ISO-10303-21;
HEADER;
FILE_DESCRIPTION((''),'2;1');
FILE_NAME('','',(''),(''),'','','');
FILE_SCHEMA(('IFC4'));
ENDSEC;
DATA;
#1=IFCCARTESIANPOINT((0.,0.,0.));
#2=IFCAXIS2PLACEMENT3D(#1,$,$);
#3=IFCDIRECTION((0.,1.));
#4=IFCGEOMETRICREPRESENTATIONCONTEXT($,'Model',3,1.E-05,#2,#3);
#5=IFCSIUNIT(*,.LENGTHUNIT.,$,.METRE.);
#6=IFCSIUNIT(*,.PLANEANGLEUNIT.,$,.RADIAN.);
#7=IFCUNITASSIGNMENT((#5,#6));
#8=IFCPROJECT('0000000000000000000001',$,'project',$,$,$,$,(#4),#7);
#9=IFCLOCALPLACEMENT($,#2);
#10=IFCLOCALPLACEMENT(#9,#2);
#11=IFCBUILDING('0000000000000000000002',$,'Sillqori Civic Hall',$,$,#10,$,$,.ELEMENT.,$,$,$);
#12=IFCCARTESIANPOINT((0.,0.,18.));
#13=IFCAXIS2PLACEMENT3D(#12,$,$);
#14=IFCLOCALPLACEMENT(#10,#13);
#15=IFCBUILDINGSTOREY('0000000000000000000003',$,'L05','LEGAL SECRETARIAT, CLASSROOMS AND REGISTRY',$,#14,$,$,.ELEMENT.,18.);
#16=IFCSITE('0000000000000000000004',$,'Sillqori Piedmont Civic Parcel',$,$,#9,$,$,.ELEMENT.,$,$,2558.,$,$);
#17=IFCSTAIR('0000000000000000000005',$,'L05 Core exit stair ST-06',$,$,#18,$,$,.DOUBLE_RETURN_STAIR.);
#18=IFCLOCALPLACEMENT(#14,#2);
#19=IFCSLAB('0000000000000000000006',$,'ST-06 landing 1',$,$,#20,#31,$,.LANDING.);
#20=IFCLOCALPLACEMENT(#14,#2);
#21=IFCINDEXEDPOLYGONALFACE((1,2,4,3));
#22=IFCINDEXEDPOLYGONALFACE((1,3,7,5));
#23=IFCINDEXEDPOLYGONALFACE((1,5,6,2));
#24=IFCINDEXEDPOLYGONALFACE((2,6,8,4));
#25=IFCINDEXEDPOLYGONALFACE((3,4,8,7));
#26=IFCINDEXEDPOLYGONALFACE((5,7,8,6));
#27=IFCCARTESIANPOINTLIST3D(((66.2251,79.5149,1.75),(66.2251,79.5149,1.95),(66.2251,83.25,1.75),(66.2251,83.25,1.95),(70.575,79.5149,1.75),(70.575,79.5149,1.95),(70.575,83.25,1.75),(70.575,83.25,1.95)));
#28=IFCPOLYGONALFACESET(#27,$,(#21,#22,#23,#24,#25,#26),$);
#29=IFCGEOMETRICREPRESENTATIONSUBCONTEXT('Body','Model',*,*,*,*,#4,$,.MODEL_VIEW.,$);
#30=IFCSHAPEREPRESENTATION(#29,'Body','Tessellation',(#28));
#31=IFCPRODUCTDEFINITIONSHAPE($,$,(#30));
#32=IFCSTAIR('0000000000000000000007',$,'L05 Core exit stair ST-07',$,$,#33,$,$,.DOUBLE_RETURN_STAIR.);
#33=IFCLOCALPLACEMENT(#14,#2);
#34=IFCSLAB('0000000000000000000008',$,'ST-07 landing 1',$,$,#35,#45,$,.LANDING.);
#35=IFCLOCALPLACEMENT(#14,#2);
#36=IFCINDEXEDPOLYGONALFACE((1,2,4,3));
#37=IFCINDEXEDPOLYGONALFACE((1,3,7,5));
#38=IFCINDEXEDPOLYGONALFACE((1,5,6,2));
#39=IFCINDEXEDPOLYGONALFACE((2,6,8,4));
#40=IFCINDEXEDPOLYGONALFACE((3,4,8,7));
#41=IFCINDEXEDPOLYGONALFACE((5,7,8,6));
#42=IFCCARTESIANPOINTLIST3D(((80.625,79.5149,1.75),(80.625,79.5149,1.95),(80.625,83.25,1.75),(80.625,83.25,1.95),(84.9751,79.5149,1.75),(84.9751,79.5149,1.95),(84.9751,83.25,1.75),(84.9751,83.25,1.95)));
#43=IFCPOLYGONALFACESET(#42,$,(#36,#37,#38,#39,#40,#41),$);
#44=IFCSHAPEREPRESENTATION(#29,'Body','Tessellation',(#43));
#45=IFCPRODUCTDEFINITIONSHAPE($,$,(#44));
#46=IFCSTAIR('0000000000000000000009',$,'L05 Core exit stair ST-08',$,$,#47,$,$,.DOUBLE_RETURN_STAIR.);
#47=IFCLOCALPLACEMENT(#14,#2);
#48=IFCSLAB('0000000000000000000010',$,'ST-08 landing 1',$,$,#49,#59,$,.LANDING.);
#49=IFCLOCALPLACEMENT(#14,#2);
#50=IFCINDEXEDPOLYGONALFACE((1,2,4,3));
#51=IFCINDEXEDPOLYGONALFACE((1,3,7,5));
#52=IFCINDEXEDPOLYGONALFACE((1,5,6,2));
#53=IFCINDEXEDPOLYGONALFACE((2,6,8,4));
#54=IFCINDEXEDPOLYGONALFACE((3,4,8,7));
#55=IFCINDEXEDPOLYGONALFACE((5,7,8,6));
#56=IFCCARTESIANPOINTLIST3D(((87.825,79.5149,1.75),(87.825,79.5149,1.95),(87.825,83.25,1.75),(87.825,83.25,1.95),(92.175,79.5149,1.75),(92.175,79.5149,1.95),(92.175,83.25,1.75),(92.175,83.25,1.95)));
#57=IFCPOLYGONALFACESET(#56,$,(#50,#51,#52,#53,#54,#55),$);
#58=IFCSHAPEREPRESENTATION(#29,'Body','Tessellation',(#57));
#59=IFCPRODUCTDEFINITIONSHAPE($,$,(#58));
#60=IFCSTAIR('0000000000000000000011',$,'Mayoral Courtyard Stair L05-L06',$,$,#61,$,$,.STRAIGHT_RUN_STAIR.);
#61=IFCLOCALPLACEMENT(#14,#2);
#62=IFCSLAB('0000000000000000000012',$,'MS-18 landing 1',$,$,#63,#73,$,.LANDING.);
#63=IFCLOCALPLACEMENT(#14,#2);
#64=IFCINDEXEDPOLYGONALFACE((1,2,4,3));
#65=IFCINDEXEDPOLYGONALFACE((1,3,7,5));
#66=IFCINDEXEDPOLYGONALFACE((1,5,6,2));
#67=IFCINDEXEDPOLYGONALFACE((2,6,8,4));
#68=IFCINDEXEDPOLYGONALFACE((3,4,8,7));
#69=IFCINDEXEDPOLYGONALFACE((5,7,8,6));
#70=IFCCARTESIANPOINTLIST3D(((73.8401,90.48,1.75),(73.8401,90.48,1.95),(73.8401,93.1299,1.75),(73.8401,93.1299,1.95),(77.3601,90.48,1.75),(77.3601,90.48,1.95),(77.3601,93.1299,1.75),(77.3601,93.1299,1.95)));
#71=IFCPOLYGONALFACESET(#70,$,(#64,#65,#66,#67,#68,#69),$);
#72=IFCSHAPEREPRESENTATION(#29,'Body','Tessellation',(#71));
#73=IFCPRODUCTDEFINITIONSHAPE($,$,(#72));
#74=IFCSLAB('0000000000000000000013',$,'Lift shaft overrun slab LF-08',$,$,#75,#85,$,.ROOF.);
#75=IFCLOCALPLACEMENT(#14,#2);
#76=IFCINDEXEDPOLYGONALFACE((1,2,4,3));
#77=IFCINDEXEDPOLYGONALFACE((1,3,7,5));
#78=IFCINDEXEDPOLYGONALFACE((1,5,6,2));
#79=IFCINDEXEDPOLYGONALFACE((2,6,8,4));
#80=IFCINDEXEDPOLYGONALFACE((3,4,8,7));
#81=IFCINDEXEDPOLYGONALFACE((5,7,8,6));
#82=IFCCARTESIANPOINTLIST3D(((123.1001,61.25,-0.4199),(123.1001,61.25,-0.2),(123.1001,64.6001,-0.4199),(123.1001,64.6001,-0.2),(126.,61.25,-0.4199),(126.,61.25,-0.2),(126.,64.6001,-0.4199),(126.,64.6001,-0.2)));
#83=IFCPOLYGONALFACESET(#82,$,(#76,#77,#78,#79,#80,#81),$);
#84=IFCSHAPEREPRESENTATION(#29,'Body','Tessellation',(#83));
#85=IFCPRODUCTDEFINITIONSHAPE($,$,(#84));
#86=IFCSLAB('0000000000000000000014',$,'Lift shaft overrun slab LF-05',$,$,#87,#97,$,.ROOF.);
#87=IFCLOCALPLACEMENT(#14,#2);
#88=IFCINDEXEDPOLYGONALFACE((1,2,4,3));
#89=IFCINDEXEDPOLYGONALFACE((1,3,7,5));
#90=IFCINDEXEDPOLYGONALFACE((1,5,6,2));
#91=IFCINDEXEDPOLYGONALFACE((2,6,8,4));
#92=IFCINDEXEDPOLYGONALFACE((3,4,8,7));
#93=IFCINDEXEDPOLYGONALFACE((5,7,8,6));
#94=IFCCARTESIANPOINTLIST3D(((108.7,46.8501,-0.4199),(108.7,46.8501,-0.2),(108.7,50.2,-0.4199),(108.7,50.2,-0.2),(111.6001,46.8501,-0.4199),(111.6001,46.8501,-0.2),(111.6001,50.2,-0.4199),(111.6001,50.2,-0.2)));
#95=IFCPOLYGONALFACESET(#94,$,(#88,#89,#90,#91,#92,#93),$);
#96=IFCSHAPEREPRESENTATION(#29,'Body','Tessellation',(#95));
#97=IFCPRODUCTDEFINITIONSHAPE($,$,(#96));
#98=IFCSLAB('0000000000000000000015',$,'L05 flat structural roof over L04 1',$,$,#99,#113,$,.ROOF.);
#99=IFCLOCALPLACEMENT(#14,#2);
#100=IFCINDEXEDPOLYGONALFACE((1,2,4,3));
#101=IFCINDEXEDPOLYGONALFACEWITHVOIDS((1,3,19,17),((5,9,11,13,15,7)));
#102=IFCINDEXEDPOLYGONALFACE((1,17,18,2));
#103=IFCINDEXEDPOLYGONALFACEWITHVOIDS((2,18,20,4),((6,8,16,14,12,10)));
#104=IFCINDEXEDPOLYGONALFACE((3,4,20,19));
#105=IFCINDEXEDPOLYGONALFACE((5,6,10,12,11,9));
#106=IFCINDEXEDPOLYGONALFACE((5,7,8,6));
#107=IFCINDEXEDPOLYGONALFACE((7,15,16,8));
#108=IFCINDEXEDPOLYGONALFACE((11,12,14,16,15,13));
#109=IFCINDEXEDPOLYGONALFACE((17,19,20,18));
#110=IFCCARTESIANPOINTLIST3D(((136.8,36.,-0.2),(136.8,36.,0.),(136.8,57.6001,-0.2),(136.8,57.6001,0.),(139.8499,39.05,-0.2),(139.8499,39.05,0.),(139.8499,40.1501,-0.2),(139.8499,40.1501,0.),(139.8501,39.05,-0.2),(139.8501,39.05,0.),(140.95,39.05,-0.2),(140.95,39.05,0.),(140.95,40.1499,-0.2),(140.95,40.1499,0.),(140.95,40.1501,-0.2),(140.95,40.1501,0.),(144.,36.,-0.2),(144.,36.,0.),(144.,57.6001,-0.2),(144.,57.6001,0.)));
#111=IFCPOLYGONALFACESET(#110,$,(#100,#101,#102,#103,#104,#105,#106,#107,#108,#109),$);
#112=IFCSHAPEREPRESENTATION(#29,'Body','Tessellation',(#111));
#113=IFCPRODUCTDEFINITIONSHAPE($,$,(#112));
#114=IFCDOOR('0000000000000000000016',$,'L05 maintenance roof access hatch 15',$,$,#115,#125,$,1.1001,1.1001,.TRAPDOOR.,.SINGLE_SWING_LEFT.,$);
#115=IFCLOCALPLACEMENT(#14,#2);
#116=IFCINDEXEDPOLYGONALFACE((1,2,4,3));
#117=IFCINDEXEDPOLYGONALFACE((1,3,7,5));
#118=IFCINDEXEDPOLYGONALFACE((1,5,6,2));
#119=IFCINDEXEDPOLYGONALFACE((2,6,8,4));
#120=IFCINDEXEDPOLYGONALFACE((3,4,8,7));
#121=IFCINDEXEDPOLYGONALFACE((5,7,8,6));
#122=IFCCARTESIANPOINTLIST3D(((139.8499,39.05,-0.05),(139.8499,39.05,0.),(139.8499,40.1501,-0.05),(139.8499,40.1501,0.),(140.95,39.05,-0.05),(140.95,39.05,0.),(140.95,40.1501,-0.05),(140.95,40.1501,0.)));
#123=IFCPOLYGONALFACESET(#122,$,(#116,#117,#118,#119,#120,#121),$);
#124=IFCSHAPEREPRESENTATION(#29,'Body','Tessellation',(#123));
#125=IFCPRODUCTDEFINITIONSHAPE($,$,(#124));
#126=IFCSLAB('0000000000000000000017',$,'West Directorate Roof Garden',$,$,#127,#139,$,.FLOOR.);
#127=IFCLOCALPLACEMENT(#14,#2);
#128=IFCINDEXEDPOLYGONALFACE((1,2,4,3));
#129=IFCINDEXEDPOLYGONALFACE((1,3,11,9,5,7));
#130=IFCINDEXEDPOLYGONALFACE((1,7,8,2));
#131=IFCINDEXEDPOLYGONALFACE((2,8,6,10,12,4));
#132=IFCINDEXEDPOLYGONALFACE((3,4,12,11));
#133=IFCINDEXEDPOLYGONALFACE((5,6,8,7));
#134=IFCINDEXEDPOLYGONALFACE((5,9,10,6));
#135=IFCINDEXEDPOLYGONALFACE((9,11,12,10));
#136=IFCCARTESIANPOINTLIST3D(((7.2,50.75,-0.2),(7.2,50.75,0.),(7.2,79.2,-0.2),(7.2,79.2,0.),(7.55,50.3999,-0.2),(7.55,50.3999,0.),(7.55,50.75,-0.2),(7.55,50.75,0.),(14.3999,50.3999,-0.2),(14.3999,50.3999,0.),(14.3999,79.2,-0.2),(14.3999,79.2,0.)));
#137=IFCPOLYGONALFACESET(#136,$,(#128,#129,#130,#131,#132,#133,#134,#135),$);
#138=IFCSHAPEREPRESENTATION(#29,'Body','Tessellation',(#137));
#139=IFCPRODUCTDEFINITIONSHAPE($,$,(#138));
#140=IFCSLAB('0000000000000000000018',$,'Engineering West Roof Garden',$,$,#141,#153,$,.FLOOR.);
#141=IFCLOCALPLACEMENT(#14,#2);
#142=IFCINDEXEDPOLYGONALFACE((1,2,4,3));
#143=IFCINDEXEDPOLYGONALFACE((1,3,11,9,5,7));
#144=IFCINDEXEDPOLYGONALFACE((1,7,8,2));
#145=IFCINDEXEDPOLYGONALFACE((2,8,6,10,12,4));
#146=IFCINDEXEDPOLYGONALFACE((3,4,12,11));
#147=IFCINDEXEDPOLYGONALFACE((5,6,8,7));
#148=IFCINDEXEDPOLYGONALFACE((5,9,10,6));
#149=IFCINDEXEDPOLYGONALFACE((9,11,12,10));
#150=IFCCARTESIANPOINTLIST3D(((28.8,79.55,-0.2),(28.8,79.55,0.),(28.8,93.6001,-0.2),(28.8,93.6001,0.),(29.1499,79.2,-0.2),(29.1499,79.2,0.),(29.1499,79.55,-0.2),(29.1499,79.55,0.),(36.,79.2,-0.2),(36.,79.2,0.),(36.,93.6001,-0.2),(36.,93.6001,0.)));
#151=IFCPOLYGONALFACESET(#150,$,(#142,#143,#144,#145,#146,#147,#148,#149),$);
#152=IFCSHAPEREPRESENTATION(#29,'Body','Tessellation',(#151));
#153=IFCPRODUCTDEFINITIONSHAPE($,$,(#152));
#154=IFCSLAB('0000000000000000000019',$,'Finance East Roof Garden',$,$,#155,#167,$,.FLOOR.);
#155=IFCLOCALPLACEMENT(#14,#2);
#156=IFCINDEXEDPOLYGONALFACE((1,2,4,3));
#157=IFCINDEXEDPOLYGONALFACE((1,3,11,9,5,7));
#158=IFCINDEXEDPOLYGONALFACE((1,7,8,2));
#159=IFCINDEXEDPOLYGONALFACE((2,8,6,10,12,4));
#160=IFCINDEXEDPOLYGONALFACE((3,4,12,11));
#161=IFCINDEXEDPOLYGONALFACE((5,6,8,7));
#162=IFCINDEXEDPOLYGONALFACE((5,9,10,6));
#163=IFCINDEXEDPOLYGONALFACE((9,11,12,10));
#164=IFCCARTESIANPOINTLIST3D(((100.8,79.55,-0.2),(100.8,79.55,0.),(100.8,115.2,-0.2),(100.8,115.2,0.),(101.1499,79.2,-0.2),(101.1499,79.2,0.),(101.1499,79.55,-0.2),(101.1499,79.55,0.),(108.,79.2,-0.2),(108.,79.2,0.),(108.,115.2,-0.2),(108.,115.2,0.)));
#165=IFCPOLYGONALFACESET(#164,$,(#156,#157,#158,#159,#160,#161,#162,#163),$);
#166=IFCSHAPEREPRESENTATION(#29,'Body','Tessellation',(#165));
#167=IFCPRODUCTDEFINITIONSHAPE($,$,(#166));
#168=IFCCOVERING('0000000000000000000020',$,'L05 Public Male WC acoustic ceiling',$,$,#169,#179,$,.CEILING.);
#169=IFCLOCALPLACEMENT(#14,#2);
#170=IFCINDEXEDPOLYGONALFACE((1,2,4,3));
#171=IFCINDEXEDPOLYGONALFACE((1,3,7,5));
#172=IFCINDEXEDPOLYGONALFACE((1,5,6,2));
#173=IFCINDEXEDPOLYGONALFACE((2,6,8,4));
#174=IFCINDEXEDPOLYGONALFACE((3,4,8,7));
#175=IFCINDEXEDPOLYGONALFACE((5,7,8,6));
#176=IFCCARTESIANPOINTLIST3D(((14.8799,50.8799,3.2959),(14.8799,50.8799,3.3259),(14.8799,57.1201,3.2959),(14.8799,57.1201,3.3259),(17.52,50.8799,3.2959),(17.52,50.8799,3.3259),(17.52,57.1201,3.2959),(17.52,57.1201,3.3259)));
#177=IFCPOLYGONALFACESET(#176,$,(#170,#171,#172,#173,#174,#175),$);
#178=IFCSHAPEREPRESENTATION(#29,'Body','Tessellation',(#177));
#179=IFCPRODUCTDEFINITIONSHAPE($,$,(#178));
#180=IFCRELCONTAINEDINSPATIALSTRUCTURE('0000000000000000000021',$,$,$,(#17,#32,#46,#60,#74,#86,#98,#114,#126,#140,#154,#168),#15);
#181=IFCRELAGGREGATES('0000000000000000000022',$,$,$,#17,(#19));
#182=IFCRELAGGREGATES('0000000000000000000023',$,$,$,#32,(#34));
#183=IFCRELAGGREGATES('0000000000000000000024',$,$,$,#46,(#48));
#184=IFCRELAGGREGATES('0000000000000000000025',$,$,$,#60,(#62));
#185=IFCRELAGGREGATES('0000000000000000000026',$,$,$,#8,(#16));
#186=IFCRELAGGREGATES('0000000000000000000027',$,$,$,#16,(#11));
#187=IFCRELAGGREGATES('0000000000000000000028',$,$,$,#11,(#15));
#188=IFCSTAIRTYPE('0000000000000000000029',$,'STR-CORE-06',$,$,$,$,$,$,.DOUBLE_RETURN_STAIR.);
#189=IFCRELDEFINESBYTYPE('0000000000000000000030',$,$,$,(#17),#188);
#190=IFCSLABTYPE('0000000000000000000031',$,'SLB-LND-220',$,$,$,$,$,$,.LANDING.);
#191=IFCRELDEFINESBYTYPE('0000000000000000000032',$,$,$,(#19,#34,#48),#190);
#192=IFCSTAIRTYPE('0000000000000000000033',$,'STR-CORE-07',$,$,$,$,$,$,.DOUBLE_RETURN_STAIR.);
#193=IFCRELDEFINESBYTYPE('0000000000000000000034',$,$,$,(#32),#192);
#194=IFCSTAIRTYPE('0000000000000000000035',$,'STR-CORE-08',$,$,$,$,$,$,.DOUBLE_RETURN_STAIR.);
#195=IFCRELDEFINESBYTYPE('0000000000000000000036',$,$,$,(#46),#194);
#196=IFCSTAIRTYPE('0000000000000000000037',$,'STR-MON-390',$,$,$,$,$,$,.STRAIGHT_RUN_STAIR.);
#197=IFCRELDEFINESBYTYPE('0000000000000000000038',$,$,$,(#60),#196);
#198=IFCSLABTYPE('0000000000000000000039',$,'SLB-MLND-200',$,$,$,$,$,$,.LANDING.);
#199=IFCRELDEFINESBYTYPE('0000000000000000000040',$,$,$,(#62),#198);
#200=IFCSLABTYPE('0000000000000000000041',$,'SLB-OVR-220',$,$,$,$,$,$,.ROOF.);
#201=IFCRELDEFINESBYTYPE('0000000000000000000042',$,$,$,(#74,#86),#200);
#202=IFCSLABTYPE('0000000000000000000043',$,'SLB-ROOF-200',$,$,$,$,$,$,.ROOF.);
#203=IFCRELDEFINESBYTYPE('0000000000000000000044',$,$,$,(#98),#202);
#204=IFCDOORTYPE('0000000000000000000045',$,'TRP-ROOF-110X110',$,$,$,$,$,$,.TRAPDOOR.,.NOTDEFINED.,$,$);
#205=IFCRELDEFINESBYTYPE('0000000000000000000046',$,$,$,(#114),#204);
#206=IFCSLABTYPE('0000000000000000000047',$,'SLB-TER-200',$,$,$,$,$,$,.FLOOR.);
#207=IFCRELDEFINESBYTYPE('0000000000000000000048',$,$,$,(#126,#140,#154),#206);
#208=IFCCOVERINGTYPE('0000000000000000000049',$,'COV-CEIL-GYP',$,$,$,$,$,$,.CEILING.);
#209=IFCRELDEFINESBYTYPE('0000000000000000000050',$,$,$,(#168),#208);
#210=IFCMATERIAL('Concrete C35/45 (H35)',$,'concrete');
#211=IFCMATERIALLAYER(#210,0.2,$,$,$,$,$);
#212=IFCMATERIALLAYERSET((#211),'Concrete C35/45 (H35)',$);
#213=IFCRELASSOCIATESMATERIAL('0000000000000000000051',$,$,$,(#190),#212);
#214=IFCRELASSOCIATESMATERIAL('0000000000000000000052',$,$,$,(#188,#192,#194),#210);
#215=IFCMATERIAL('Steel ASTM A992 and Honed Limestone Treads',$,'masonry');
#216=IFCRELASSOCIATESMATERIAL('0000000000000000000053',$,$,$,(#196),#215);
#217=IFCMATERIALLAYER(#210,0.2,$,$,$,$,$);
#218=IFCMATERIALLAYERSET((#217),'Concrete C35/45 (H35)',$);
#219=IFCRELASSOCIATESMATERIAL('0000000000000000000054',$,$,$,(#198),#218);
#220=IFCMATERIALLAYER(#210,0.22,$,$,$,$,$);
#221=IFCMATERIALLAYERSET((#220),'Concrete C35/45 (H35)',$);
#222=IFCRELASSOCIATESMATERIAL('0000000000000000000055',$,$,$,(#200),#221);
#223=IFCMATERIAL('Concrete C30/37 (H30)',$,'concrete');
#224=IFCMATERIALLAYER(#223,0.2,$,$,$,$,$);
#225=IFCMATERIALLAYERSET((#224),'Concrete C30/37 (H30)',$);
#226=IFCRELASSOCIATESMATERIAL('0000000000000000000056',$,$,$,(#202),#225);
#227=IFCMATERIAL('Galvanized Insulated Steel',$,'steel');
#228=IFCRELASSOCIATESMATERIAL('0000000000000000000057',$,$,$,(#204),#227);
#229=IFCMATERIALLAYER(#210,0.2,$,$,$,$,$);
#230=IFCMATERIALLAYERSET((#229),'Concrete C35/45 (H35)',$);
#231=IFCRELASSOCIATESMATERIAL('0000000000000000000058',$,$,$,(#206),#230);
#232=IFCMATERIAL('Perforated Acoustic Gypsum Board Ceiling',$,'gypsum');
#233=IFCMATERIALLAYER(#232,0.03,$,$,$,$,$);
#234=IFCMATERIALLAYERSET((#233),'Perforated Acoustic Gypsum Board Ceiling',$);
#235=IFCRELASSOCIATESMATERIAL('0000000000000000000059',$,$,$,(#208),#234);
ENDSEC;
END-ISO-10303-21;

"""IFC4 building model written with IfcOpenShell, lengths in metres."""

from ifc_helpers import new_model, si_unit, direction, frame, origin, origin_2d, place, context, subcontext, project, spatial, polyline, rectangle, outline, extrude, material, layer, layer_set, type_object, element, fill, aggregate, save


model = new_model("IFC4")

# Units and contexts
model_context = context("Model", 3, precision=1e-05, world=origin(), true_north=direction((0.0, 1.0)))
body_context = subcontext(model_context, "Body", "Model", "MODEL_VIEW")
ifc_project = project(units=[si_unit("LENGTHUNIT", "METRE"), si_unit("PLANEANGLEUNIT", "RADIAN")], contexts=[model_context])

# Site, building, storey
site_placement = place(None, origin())
site = spatial("IfcSite", under=ifc_project, at=site_placement, Name="Sillqori Piedmont Civic Parcel", CompositionType="ELEMENT", RefElevation=2558.0)
building_placement = place(site_placement, origin())
building = spatial("IfcBuilding", under=site, at=building_placement, Name="Sillqori Civic Hall", CompositionType="ELEMENT")
storey_placement = place(building_placement, frame((0.0, 0.0, 18.0)))
storey = spatial("IfcBuildingStorey", under=building, at=storey_placement, Name="L05", Description="LEGAL SECRETARIAT, CLASSROOMS AND REGISTRY", CompositionType="ELEMENT", Elevation=18.0)

# Shared definitions
ifc_material_1 = material(Name="Concrete C30/37 (H30)", Category="concrete")

# Stairs, slabs
ifc_material_2 = material(Name="Concrete C35/45 (H35)", Category="concrete")
ifc_layer_1 = layer(ifc_material_2, 0.2)
ifc_layer_set_1 = layer_set([ifc_layer_1], Name="Concrete C35/45 (H35)")
slab_type_1 = type_object("IfcSlabType", Name="SLB-LND-220", PredefinedType="LANDING", material=ifc_layer_set_1)
stair_type_1 = type_object("IfcStairType", Name="STR-CORE-06", PredefinedType="DOUBLE_RETURN_STAIR", material=ifc_material_2)
stair_1_placement = place(storey_placement, origin())
stair_1 = element("IfcStair", 1, at=stair_1_placement, inside=storey, type_object=stair_type_1, Name="L05 Core exit stair ST-06", PredefinedType="DOUBLE_RETURN_STAIR")
slab_1_placement = place(storey_placement, frame((0.0, 0.0, 1.75)))
slab_1 = element("IfcSlab", 2, at=slab_1_placement, type_object=slab_type_1, Name="ST-06 landing 1", PredefinedType="LANDING", context=body_context, shape_type="SweptSolid", body=[
    extrude(outline(polyline([(66.2251, 83.25), (66.2251, 79.5149), (70.575, 79.5149), (70.575, 83.25), (66.2251, 83.25)])), origin(), (0.0, 0.0, 1.0), 0.2),
])
aggregate(stair_1, [slab_1])
stair_type_2 = type_object("IfcStairType", Name="STR-CORE-07", PredefinedType="DOUBLE_RETURN_STAIR", material=ifc_material_2)
stair_2_placement = place(storey_placement, origin())
stair_2 = element("IfcStair", 3, at=stair_2_placement, inside=storey, type_object=stair_type_2, Name="L05 Core exit stair ST-07", PredefinedType="DOUBLE_RETURN_STAIR")
slab_2_placement = place(storey_placement, frame((0.0, 0.0, 1.75)))
slab_2 = element("IfcSlab", 4, at=slab_2_placement, type_object=slab_type_1, Name="ST-07 landing 1", PredefinedType="LANDING", context=body_context, shape_type="SweptSolid", body=[
    extrude(outline(polyline([(80.625, 83.25), (80.625, 79.5149), (84.9751, 79.5149), (84.9751, 83.25), (80.625, 83.25)])), origin(), (0.0, 0.0, 1.0), 0.2),
])
aggregate(stair_2, [slab_2])
stair_type_3 = type_object("IfcStairType", Name="STR-CORE-08", PredefinedType="DOUBLE_RETURN_STAIR", material=ifc_material_2)
stair_3_placement = place(storey_placement, origin())
stair_3 = element("IfcStair", 5, at=stair_3_placement, inside=storey, type_object=stair_type_3, Name="L05 Core exit stair ST-08", PredefinedType="DOUBLE_RETURN_STAIR")
slab_3_placement = place(storey_placement, frame((0.0, 0.0, 1.75)))
slab_3 = element("IfcSlab", 6, at=slab_3_placement, type_object=slab_type_1, Name="ST-08 landing 1", PredefinedType="LANDING", context=body_context, shape_type="SweptSolid", body=[
    extrude(outline(polyline([(87.825, 83.25), (87.825, 79.5149), (92.175, 79.5149), (92.175, 83.25), (87.825, 83.25)])), origin(), (0.0, 0.0, 1.0), 0.2),
])
aggregate(stair_3, [slab_3])
ifc_material_3 = material(Name="Steel ASTM A992 and Honed Limestone Treads", Category="masonry")
stair_type_4 = type_object("IfcStairType", Name="STR-MON-390", PredefinedType="STRAIGHT_RUN_STAIR", material=ifc_material_3)
stair_4_placement = place(storey_placement, origin())
stair_4 = element("IfcStair", 7, at=stair_4_placement, inside=storey, type_object=stair_type_4, Name="Mayoral Courtyard Stair L05-L06", PredefinedType="STRAIGHT_RUN_STAIR")
ifc_layer_2 = layer(ifc_material_2, 0.2)
ifc_layer_set_2 = layer_set([ifc_layer_2], Name="Concrete C35/45 (H35)")
slab_type_2 = type_object("IfcSlabType", Name="SLB-MLND-200", PredefinedType="LANDING", material=ifc_layer_set_2)
slab_4_placement = place(storey_placement, frame((0.0, 0.0, 1.75)))
slab_4 = element("IfcSlab", 8, at=slab_4_placement, type_object=slab_type_2, Name="MS-18 landing 1", PredefinedType="LANDING", context=body_context, shape_type="SweptSolid", body=[
    extrude(outline(polyline([(73.8401, 90.48), (77.3601, 90.48), (77.3601, 93.1299), (73.8401, 93.1299), (73.8401, 90.48)])), origin(), (0.0, 0.0, 1.0), 0.2),
])
aggregate(stair_4, [slab_4])

# Slabs
ifc_layer_3 = layer(ifc_material_2, 0.22)
ifc_layer_set_3 = layer_set([ifc_layer_3], Name="Concrete C35/45 (H35)")
slab_type_3 = type_object("IfcSlabType", Name="SLB-OVR-220", PredefinedType="ROOF", material=ifc_layer_set_3)
slab_5_placement = place(storey_placement, frame((0.0, 0.0, -0.4199)))
element("IfcSlab", 9, at=slab_5_placement, inside=storey, type_object=slab_type_3, Name="Lift shaft overrun slab LF-08", PredefinedType="ROOF", context=body_context, shape_type="SweptSolid", body=[
    extrude(outline(polyline([(123.1001, 61.25), (126.0, 61.25), (126.0, 64.6001), (123.1001, 64.6001), (123.1001, 61.25)])), origin(), (0.0, 0.0, 1.0), 0.22),
])
slab_6_placement = place(storey_placement, frame((0.0, 0.0, -0.4199)))
element("IfcSlab", 10, at=slab_6_placement, inside=storey, type_object=slab_type_3, Name="Lift shaft overrun slab LF-05", PredefinedType="ROOF", context=body_context, shape_type="SweptSolid", body=[
    extrude(outline(polyline([(108.7, 46.8501), (111.6001, 46.8501), (111.6001, 50.2), (108.7, 50.2), (108.7, 46.8501)])), origin(), (0.0, 0.0, 1.0), 0.22),
])

# Slab, opening, door
ifc_layer_4 = layer(ifc_material_1, 0.2)
ifc_layer_set_4 = layer_set([ifc_layer_4], Name="Concrete C30/37 (H30)")
slab_type_4 = type_object("IfcSlabType", Name="SLB-ROOF-200", PredefinedType="ROOF", material=ifc_layer_set_4)
slab_7_placement = place(storey_placement, frame((0.0, 0.0, -0.2)))
slab_7 = element("IfcSlab", 11, at=slab_7_placement, inside=storey, type_object=slab_type_4, Name="L05 flat structural roof over L04 1", PredefinedType="ROOF", context=body_context, shape_type="SweptSolid", body=[
    extrude(outline(polyline([(144.0, 36.0), (136.8, 36.0), (136.8, 43.2), (136.8, 50.3999), (136.8, 57.6001), (144.0, 57.6001), (144.0, 50.3999), (144.0, 43.2), (144.0, 36.0)]), holes=[polyline([(139.8501, 39.05), (139.8501, 40.1499), (140.95, 40.1499), (140.95, 39.05), (139.8501, 39.05)])]), origin(), (0.0, 0.0, 1.0), 0.2),
])
opening_placement = place(slab_7_placement, frame((140.3999, 39.6001, 0.0)))
opening = element("IfcOpeningElement", 12, at=opening_placement, cuts=slab_7, PredefinedType="OPENING", context=body_context, shape_type="SweptSolid", body=[
    extrude(rectangle(XDim=1.1001, YDim=1.1001, at=origin_2d()), frame((0.0, 0.0, -0.01)), (0.0, 0.0, 1.0), 0.22),
])
ifc_material_4 = material(Name="Galvanized Insulated Steel", Category="steel")
door_type = type_object("IfcDoorType", Name="TRP-ROOF-110X110", OperationType="NOTDEFINED", PredefinedType="TRAPDOOR", material=ifc_material_4)
door_placement = place(opening_placement, frame((0.0, 0.0, 0.1499)))
door = element("IfcDoor", 13, at=door_placement, inside=storey, type_object=door_type, Name="L05 maintenance roof access hatch 15", OperationType="SINGLE_SWING_LEFT", OverallHeight=1.1001, OverallWidth=1.1001, PredefinedType="TRAPDOOR", context=body_context, shape_type="SweptSolid", body=[
    extrude(rectangle(XDim=1.1001, YDim=1.1001, at=origin_2d()), origin(), (0.0, 0.0, 1.0), 0.05),
])
fill(opening, door)

# Slabs
ifc_layer_5 = layer(ifc_material_2, 0.2)
ifc_layer_set_5 = layer_set([ifc_layer_5], Name="Concrete C35/45 (H35)")
slab_type_5 = type_object("IfcSlabType", Name="SLB-TER-200", PredefinedType="FLOOR", material=ifc_layer_set_5)
slab_8_placement = place(storey_placement, frame((0.0, 0.0, -0.2)))
element("IfcSlab", 14, at=slab_8_placement, inside=storey, type_object=slab_type_5, Name="West Directorate Roof Garden", PredefinedType="FLOOR", context=body_context, shape_type="SweptSolid", body=[
    extrude(outline(polyline([(7.2, 79.2), (14.3999, 79.2), (14.3999, 50.3999), (7.55, 50.3999), (7.55, 50.75), (7.2, 50.75), (7.2, 79.2)])), origin(), (0.0, 0.0, 1.0), 0.2),
])
slab_9_placement = place(storey_placement, frame((0.0, 0.0, -0.2)))
element("IfcSlab", 15, at=slab_9_placement, inside=storey, type_object=slab_type_5, Name="Engineering West Roof Garden", PredefinedType="FLOOR", context=body_context, shape_type="SweptSolid", body=[
    extrude(outline(polyline([(28.8, 93.6001), (36.0, 93.6001), (36.0, 79.2), (29.1499, 79.2), (29.1499, 79.55), (28.8, 79.55), (28.8, 93.6001)])), origin(), (0.0, 0.0, 1.0), 0.2),
])
slab_10_placement = place(storey_placement, frame((0.0, 0.0, -0.2)))
element("IfcSlab", 16, at=slab_10_placement, inside=storey, type_object=slab_type_5, Name="Finance East Roof Garden", PredefinedType="FLOOR", context=body_context, shape_type="SweptSolid", body=[
    extrude(outline(polyline([(100.8, 115.2), (108.0, 115.2), (108.0, 79.2), (101.1499, 79.2), (101.1499, 79.55), (100.8, 79.55), (100.8, 115.2)])), origin(), (0.0, 0.0, 1.0), 0.2),
])

# Covering
ifc_material_5 = material(Name="Perforated Acoustic Gypsum Board Ceiling", Category="gypsum")
ifc_layer_6 = layer(ifc_material_5, 0.03)
ifc_layer_set_6 = layer_set([ifc_layer_6], Name="Perforated Acoustic Gypsum Board Ceiling")
covering_type_1 = type_object("IfcCoveringType", Name="COV-CEIL-GYP", PredefinedType="CEILING", material=ifc_layer_set_6)
covering_1_placement = place(storey_placement, frame((0.0, 0.0, 3.2959)))
element("IfcCovering", 17, at=covering_1_placement, inside=storey, type_object=covering_type_1, Name="L05 Public Male WC acoustic ceiling", PredefinedType="CEILING", context=body_context, shape_type="SweptSolid", body=[
    extrude(outline(polyline([(14.8799, 50.8799), (17.52, 50.8799), (17.52, 57.1201), (14.8799, 57.1201), (14.8799, 50.8799)])), origin(), (0.0, 0.0, 1.0), 0.03),
])

save(model, "model.ifc")
